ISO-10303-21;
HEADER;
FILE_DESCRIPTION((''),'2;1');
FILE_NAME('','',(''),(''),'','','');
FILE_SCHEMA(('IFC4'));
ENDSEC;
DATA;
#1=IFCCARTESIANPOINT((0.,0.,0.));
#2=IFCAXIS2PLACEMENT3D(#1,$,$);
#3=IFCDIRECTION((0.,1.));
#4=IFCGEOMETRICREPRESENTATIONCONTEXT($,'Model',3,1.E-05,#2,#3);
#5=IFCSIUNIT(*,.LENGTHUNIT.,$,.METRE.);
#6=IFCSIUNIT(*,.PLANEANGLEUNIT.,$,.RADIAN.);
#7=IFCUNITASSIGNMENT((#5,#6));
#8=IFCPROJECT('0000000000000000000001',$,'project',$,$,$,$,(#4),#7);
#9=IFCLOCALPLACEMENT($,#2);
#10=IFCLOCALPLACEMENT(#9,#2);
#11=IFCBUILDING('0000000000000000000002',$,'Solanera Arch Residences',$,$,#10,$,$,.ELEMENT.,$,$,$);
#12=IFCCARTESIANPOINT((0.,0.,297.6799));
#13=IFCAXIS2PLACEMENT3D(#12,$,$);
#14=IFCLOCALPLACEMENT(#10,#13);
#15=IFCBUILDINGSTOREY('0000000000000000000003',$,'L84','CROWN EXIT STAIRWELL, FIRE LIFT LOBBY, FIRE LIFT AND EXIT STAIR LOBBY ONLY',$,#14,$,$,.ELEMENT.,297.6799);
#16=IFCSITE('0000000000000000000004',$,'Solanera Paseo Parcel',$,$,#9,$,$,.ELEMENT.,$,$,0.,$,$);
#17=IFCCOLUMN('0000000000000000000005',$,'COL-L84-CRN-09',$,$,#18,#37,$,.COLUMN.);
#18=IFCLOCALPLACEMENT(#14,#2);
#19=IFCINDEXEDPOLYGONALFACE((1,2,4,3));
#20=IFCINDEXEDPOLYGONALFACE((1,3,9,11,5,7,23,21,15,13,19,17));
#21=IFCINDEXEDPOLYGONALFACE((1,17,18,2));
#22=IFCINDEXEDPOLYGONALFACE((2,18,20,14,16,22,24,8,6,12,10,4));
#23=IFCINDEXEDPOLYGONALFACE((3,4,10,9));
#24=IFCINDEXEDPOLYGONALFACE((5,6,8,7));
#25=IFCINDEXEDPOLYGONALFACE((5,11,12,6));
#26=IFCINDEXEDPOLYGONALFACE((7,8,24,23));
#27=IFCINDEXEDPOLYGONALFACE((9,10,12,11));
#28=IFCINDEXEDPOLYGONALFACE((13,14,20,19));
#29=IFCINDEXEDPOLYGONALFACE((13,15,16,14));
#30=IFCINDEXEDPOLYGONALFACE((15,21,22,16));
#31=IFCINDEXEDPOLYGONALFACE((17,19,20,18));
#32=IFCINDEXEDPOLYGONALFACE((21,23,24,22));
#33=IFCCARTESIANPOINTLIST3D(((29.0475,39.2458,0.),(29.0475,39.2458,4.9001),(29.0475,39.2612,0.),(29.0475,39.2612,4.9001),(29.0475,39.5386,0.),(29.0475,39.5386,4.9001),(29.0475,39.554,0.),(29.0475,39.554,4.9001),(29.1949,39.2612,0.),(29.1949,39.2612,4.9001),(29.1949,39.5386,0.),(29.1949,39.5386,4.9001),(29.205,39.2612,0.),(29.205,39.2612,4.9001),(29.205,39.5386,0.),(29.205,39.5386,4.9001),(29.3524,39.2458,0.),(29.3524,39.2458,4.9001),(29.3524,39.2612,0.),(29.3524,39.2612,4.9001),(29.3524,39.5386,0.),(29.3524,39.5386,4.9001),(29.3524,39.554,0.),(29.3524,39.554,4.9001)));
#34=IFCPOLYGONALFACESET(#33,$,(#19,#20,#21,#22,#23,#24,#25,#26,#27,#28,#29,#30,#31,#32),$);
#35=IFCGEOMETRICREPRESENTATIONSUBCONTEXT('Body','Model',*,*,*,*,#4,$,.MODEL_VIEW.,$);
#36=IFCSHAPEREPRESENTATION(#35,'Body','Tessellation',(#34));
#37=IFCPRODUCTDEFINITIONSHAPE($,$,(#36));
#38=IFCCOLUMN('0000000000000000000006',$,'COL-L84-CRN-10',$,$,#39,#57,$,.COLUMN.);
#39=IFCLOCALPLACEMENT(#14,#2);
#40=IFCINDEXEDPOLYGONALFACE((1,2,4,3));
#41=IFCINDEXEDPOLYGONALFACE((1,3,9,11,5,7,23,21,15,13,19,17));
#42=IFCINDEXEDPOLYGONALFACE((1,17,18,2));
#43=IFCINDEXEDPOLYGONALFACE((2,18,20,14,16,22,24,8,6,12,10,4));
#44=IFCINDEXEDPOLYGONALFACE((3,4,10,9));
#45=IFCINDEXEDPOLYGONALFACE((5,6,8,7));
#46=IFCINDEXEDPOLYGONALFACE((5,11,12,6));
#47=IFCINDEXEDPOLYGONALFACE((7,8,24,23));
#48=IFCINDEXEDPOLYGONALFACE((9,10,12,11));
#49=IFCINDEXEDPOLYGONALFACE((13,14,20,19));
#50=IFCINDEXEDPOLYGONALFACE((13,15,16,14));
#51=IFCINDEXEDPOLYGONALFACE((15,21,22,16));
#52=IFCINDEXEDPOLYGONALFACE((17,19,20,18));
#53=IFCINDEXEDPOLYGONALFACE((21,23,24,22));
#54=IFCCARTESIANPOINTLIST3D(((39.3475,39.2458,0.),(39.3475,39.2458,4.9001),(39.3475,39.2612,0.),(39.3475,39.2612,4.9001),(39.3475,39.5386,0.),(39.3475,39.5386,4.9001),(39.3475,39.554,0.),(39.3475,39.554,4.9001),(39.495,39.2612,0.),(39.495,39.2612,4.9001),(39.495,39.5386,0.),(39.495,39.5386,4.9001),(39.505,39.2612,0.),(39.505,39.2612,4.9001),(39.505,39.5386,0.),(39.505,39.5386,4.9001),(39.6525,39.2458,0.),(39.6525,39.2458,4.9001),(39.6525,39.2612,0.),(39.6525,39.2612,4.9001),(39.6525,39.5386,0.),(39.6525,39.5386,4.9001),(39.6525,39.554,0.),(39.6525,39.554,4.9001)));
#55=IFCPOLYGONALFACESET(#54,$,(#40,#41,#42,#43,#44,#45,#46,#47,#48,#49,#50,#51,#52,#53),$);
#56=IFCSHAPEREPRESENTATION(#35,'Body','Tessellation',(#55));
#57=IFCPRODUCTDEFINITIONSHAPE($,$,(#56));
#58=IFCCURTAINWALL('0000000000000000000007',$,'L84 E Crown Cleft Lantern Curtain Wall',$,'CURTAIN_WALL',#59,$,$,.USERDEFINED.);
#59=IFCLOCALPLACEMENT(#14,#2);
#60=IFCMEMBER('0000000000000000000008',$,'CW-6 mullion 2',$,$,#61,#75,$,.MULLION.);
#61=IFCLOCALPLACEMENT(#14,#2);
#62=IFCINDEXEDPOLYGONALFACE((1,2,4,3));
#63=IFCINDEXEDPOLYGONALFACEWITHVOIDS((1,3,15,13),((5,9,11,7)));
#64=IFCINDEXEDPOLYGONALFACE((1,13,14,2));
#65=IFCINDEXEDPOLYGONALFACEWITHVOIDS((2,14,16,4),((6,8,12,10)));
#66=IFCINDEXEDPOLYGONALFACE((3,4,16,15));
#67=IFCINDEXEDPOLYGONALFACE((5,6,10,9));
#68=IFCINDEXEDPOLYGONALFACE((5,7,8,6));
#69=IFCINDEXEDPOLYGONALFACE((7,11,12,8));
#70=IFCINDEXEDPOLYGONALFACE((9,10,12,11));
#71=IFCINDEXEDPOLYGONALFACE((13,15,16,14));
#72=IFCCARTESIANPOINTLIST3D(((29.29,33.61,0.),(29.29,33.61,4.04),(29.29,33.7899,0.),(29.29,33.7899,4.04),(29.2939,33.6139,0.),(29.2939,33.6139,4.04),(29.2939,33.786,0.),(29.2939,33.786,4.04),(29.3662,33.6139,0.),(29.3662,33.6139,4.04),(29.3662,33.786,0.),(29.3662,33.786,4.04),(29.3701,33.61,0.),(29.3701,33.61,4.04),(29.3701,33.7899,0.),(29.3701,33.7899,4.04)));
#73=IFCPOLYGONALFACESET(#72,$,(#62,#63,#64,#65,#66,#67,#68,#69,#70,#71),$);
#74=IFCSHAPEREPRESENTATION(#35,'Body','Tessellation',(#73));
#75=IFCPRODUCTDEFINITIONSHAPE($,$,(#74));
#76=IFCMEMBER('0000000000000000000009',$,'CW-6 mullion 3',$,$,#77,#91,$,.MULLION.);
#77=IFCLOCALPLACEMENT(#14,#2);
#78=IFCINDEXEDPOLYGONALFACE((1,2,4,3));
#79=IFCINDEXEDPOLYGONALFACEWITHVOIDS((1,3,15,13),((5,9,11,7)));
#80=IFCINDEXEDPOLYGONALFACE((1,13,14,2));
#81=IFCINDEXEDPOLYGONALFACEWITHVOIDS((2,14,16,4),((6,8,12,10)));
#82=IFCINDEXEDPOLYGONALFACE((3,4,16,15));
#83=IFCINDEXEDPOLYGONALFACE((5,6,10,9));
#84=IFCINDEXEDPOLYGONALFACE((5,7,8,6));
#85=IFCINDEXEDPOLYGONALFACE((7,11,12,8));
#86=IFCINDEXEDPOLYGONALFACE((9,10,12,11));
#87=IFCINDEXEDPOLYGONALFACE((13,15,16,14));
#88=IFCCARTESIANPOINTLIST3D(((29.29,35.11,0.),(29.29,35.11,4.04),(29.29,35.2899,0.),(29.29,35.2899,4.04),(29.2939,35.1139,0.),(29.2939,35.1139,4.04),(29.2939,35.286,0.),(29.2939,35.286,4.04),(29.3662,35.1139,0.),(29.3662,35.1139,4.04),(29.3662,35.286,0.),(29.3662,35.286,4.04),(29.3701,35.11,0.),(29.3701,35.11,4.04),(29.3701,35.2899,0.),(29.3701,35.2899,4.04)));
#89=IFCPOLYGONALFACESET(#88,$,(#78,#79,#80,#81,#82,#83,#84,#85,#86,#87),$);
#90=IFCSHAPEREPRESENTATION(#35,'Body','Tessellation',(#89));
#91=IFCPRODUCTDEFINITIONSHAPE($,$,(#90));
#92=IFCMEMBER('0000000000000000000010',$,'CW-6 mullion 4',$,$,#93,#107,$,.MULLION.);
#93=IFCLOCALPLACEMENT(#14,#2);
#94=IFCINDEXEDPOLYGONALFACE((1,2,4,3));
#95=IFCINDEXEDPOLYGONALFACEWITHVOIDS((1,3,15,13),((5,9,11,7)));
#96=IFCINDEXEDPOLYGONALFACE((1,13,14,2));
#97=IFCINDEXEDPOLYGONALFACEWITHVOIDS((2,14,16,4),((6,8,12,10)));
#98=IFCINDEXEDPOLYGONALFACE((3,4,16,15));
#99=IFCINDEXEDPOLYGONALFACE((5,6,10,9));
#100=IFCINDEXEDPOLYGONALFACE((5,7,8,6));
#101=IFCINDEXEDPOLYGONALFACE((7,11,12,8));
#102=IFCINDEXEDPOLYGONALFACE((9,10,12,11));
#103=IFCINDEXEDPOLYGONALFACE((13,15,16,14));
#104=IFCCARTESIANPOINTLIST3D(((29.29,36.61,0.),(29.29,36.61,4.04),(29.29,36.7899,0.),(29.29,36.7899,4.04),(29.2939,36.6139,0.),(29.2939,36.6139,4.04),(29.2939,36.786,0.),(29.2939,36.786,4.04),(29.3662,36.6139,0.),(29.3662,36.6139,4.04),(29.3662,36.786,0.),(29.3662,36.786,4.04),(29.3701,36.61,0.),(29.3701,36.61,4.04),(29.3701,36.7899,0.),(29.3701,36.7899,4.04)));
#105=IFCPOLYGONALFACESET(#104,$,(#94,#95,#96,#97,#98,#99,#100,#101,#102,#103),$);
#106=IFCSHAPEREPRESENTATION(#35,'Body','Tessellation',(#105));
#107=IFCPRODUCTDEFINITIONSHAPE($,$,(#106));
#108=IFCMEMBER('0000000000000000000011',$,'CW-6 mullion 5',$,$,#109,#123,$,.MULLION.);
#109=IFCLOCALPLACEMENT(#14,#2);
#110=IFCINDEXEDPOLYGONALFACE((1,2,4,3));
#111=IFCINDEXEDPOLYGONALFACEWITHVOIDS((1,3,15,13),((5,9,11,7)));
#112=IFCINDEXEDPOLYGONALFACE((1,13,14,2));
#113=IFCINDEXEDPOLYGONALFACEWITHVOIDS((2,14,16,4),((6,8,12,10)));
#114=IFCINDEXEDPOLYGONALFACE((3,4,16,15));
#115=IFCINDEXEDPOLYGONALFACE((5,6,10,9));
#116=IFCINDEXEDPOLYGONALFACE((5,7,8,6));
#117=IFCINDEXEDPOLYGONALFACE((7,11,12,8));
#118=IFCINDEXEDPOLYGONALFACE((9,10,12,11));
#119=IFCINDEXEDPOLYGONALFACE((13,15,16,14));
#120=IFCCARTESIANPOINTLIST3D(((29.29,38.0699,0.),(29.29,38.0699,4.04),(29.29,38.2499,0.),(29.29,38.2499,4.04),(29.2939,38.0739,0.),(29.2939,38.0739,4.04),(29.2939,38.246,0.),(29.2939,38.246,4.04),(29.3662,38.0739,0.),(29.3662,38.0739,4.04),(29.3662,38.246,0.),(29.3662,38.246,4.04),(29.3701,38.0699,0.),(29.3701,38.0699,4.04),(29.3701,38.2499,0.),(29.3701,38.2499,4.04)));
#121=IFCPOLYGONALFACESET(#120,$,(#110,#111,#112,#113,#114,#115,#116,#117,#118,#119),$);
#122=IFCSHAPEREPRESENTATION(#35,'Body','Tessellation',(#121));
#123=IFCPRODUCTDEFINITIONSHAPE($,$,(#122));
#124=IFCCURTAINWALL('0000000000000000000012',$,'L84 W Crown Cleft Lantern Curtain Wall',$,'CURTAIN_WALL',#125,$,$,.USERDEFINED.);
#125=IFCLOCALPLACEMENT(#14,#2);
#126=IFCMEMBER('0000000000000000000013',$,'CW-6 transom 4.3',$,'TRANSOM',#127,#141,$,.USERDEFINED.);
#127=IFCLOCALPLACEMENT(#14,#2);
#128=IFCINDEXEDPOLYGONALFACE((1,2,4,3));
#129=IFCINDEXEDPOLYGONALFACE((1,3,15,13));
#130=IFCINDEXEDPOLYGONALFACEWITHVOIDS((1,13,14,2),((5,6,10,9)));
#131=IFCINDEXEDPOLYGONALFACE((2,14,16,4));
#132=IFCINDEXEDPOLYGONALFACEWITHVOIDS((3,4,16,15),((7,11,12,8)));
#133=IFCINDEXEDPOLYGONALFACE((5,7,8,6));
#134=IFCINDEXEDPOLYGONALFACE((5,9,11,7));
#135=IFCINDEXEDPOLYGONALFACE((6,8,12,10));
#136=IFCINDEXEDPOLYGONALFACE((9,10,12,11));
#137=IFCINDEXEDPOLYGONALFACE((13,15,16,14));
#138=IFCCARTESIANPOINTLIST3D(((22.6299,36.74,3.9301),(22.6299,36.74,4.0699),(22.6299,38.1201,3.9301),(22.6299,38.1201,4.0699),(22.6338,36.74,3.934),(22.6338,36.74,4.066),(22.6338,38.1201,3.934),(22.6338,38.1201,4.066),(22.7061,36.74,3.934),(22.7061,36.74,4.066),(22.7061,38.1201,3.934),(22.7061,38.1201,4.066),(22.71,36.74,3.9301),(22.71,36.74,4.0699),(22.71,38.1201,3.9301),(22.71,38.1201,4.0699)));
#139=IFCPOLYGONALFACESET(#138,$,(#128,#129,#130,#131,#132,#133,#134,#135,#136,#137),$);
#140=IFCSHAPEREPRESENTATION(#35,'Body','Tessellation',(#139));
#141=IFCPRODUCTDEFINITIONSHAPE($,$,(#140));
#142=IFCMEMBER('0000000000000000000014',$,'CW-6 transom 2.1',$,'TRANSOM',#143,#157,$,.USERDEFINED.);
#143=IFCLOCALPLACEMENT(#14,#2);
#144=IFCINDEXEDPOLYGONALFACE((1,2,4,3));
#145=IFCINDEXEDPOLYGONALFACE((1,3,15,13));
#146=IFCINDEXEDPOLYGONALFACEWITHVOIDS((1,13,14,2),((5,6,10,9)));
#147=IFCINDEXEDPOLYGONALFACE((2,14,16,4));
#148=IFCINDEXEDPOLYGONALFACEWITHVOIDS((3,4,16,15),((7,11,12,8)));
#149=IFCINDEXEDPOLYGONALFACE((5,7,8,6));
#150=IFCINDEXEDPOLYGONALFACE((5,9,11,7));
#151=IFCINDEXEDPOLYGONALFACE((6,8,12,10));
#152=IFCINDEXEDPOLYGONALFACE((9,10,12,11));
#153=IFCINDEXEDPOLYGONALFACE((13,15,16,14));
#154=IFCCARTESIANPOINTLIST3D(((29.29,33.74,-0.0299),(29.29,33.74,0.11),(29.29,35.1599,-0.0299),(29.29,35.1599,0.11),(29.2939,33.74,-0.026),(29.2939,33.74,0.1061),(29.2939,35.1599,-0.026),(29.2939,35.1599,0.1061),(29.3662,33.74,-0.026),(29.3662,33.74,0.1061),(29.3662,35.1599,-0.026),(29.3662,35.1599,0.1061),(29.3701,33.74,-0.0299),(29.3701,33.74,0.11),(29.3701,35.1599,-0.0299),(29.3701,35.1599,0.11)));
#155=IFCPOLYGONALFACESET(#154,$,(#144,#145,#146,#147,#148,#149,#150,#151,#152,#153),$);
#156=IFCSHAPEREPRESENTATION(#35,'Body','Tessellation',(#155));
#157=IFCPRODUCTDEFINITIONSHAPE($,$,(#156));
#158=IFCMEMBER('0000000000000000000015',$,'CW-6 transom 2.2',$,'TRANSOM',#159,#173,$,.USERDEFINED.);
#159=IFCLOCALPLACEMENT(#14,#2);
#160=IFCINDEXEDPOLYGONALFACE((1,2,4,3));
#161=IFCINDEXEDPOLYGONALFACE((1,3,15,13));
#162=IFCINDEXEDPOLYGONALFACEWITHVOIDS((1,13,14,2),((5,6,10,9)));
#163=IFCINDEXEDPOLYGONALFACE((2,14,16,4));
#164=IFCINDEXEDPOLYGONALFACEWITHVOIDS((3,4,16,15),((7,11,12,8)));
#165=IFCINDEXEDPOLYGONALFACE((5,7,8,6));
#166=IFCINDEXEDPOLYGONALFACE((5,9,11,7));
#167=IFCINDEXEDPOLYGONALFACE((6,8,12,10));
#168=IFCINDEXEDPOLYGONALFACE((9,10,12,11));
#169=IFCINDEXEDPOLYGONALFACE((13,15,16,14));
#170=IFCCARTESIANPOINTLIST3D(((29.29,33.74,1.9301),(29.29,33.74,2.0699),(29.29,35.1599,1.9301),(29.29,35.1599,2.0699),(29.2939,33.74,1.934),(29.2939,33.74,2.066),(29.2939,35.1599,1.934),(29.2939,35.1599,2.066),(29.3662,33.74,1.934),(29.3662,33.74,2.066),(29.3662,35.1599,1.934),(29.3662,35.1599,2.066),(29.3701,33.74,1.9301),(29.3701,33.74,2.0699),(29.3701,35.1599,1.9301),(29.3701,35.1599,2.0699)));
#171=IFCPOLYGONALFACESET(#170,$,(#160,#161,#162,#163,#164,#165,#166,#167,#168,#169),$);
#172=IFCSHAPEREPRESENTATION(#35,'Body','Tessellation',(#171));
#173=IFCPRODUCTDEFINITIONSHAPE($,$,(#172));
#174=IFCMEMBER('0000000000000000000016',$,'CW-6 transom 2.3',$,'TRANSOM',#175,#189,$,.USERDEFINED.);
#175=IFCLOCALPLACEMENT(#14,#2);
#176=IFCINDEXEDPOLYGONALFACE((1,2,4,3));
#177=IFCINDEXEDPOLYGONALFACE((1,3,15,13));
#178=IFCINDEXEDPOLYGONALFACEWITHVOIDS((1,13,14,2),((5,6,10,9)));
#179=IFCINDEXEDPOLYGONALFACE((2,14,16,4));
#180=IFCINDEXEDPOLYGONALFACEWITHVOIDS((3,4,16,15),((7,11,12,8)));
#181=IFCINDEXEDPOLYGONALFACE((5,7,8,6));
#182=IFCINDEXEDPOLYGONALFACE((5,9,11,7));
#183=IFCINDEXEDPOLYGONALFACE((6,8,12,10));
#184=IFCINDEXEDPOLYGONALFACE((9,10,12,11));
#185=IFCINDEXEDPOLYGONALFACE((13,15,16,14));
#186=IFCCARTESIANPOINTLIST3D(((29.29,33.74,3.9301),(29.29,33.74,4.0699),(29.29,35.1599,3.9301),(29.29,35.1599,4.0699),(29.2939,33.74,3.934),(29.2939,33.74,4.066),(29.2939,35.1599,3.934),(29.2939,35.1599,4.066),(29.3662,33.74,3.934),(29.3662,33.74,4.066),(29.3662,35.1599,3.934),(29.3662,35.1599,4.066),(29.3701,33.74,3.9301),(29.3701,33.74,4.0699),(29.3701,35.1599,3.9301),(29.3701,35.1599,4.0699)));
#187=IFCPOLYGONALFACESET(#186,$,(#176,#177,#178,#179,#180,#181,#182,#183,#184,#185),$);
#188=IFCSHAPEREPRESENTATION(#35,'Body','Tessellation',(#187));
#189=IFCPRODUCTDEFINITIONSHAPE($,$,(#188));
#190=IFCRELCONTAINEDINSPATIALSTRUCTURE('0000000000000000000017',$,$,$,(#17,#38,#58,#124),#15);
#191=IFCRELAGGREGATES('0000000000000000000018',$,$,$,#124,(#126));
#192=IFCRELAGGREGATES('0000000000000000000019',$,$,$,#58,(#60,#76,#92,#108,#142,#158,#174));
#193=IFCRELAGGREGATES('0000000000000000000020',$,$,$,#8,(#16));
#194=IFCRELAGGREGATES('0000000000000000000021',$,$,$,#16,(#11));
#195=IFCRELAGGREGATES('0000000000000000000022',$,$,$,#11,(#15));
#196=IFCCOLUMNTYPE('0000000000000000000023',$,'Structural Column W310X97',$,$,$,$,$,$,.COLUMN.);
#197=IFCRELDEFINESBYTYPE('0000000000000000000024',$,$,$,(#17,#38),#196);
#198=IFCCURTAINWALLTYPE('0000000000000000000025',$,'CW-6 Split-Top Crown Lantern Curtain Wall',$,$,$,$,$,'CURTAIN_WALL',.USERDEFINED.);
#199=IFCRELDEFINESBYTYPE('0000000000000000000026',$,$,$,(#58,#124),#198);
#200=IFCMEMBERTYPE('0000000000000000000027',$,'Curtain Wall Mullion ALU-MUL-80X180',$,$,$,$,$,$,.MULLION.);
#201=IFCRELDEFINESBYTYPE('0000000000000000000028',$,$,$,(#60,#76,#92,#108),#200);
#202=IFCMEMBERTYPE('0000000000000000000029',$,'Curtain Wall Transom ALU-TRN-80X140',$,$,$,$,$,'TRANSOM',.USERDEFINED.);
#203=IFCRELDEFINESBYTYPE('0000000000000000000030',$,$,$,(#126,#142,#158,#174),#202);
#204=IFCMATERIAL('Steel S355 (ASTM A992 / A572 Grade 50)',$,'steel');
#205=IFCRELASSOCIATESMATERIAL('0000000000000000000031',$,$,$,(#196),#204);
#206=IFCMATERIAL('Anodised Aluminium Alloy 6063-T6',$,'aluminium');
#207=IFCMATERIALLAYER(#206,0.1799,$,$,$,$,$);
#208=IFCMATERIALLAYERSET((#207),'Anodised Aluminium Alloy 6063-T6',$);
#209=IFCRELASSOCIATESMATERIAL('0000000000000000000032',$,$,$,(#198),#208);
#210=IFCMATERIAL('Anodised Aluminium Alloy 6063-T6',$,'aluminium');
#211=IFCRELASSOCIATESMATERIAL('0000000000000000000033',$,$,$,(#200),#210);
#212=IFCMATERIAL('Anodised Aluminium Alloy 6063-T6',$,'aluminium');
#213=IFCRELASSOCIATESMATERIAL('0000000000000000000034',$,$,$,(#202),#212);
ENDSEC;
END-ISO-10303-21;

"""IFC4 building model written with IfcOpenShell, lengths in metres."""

from ifc_helpers import new_model, si_unit, direction, frame, origin, origin_2d, place, context, subcontext, project, spatial, hollow_rectangle, i_section, extrude, material, layer, layer_set, material_profile, profile_set, type_object, element, aggregate, save


model = new_model("IFC4")

# Units and contexts
model_context = context("Model", 3, precision=1e-05, world=origin(), true_north=direction((0.0, 1.0)))
body_context = subcontext(model_context, "Body", "Model", "MODEL_VIEW")
ifc_project = project(units=[si_unit("LENGTHUNIT", "METRE"), si_unit("PLANEANGLEUNIT", "RADIAN")], contexts=[model_context])

# Site, building, storey
site_placement = place(None, origin())
site = spatial("IfcSite", under=ifc_project, at=site_placement, Name="Solanera Paseo Parcel", CompositionType="ELEMENT", RefElevation=0.0)
building_placement = place(site_placement, origin())
building = spatial("IfcBuilding", under=site, at=building_placement, Name="Solanera Arch Residences", CompositionType="ELEMENT")
storey_placement = place(building_placement, frame((0.0, 0.0, 297.6799)))
storey = spatial("IfcBuildingStorey", under=building, at=storey_placement, Name="L84", Description="CROWN EXIT STAIRWELL, FIRE LIFT LOBBY, FIRE LIFT AND EXIT STAIR LOBBY ONLY", CompositionType="ELEMENT", Elevation=297.6799)

# Columns
ifc_material_1 = material(Name="Steel S355 (ASTM A992 / A572 Grade 50)", Category="steel")
ifc_material_profile_1 = material_profile(ifc_material_1, i_section(OverallWidth=0.3049, OverallDepth=0.3081, WebThickness=0.01, FlangeThickness=0.0154, at=origin_2d()))
ifc_profile_set_1 = profile_set([ifc_material_profile_1], Name="Steel S355 (ASTM A992 / A572 Grade 50)")
column_type = type_object("IfcColumnType", Name="Structural Column W310X97", PredefinedType="COLUMN", material=ifc_profile_set_1)
for number, where, z_axis, x_axis, name in (
    (1, (29.2, 39.3999, 0.0), (0.0, 0.0, 1.0), (1.0, 0.0, 0.0), "COL-L84-CRN-09"),
    (2, (39.5, 39.3999, 0.0), (0.0, 0.0, 1.0), (1.0, 0.0, 0.0), "COL-L84-CRN-10"),
):
    element("IfcColumn", number, at=place(storey_placement, frame(where, z_axis=z_axis, x_axis=x_axis)), inside=storey, type_object=column_type, Name=name, PredefinedType="COLUMN", context=body_context, shape_type="SweptSolid", body=[
        extrude(i_section(OverallWidth=0.3049, OverallDepth=0.3081, WebThickness=0.01, FlangeThickness=0.0154, at=origin_2d()), origin(), (0.0, 0.0, 1.0), 4.9001),
    ])

# Curtain wall, members
ifc_material_2 = material(Name="Anodised Aluminium Alloy 6063-T6", Category="aluminium")
ifc_layer_1 = layer(ifc_material_2, 0.1799)
ifc_layer_set_1 = layer_set([ifc_layer_1], Name="Anodised Aluminium Alloy 6063-T6")
curtain_wall_type = type_object("IfcCurtainWallType", Name="CW-6 Split-Top Crown Lantern Curtain Wall", ElementType="CURTAIN_WALL", PredefinedType="USERDEFINED", material=ifc_layer_set_1)
curtain_wall_1_placement = place(storey_placement, origin())
curtain_wall_1 = element("IfcCurtainWall", 3, at=curtain_wall_1_placement, inside=storey, type_object=curtain_wall_type, Name="L84 E Crown Cleft Lantern Curtain Wall", ObjectType="CURTAIN_WALL", PredefinedType="USERDEFINED")
ifc_material_3 = material(Name="Anodised Aluminium Alloy 6063-T6", Category="aluminium")
ifc_material_profile_2 = material_profile(ifc_material_3, hollow_rectangle(XDim=0.0801, YDim=0.1799, WallThickness=0.0039, at=origin_2d()))
ifc_profile_set_2 = profile_set([ifc_material_profile_2], Name="Anodised Aluminium Alloy 6063-T6")
member_type_1 = type_object("IfcMemberType", Name="Curtain Wall Mullion ALU-MUL-80X180", PredefinedType="MULLION", material=ifc_profile_set_2)
member_1_placement = place(storey_placement, frame((29.3301, 33.7, 0.0), z_axis=(0.0, 0.0, 1.0), x_axis=(-1.0, 0.0, 0.0)))
member_1 = element("IfcMember", 4, at=member_1_placement, type_object=member_type_1, Name="CW-6 mullion 2", PredefinedType="MULLION", context=body_context, shape_type="SweptSolid", body=[
    extrude(hollow_rectangle(XDim=0.0801, YDim=0.1799, WallThickness=0.0039, at=origin_2d()), origin(), (0.0, 0.0, 1.0), 4.04),
])
member_2_placement = place(storey_placement, frame((29.3301, 35.2, 0.0), z_axis=(0.0, 0.0, 1.0), x_axis=(-1.0, 0.0, 0.0)))
member_2 = element("IfcMember", 5, at=member_2_placement, type_object=member_type_1, Name="CW-6 mullion 3", PredefinedType="MULLION", context=body_context, shape_type="SweptSolid", body=[
    extrude(hollow_rectangle(XDim=0.0801, YDim=0.1799, WallThickness=0.0039, at=origin_2d()), origin(), (0.0, 0.0, 1.0), 4.04),
])
member_3_placement = place(storey_placement, frame((29.3301, 36.7, 0.0), z_axis=(0.0, 0.0, 1.0), x_axis=(-1.0, 0.0, 0.0)))
member_3 = element("IfcMember", 6, at=member_3_placement, type_object=member_type_1, Name="CW-6 mullion 4", PredefinedType="MULLION", context=body_context, shape_type="SweptSolid", body=[
    extrude(hollow_rectangle(XDim=0.0801, YDim=0.1799, WallThickness=0.0039, at=origin_2d()), origin(), (0.0, 0.0, 1.0), 4.04),
])
member_4_placement = place(storey_placement, frame((29.3301, 38.1599, 0.0), z_axis=(0.0, 0.0, 1.0), x_axis=(-1.0, 0.0, 0.0)))
member_4 = element("IfcMember", 7, at=member_4_placement, type_object=member_type_1, Name="CW-6 mullion 5", PredefinedType="MULLION", context=body_context, shape_type="SweptSolid", body=[
    extrude(hollow_rectangle(XDim=0.0801, YDim=0.1799, WallThickness=0.0039, at=origin_2d()), origin(), (0.0, 0.0, 1.0), 4.04),
])

# Curtain wall, member
curtain_wall_2_placement = place(storey_placement, origin())
curtain_wall_2 = element("IfcCurtainWall", 8, at=curtain_wall_2_placement, inside=storey, type_object=curtain_wall_type, Name="L84 W Crown Cleft Lantern Curtain Wall", ObjectType="CURTAIN_WALL", PredefinedType="USERDEFINED")
ifc_material_4 = material(Name="Anodised Aluminium Alloy 6063-T6", Category="aluminium")
ifc_material_profile_3 = material_profile(ifc_material_4, hollow_rectangle(XDim=0.0801, YDim=0.1399, WallThickness=0.0039, at=origin_2d()))
ifc_profile_set_3 = profile_set([ifc_material_profile_3], Name="Anodised Aluminium Alloy 6063-T6")
member_type_2 = type_object("IfcMemberType", Name="Curtain Wall Transom ALU-TRN-80X140", ElementType="TRANSOM", PredefinedType="USERDEFINED", material=ifc_profile_set_3)
member_5_placement = place(storey_placement, frame((22.6699, 36.74, 4.0), z_axis=(0.0, 1.0, 0.0), x_axis=(-1.0, 0.0, 0.0)))
member_5 = element("IfcMember", 9, at=member_5_placement, type_object=member_type_2, Name="CW-6 transom 4.3", ObjectType="TRANSOM", PredefinedType="USERDEFINED", context=body_context, shape_type="SweptSolid", body=[
    extrude(hollow_rectangle(XDim=0.0801, YDim=0.1399, WallThickness=0.0039, at=origin_2d()), origin(), (0.0, 0.0, 1.0), 1.3801),
])

# Members
member_6_placement = place(storey_placement, frame((29.3301, 33.74, 0.04), z_axis=(0.0, 1.0, 0.0), x_axis=(-1.0, 0.0, 0.0)))
member_6 = element("IfcMember", 10, at=member_6_placement, type_object=member_type_2, Name="CW-6 transom 2.1", ObjectType="TRANSOM", PredefinedType="USERDEFINED", context=body_context, shape_type="SweptSolid", body=[
    extrude(hollow_rectangle(XDim=0.0801, YDim=0.1399, WallThickness=0.0039, at=origin_2d()), origin(), (0.0, 0.0, 1.0), 1.4199),
])
member_7_placement = place(storey_placement, frame((29.3301, 33.74, 2.0), z_axis=(0.0, 1.0, 0.0), x_axis=(-1.0, 0.0, 0.0)))
member_7 = element("IfcMember", 11, at=member_7_placement, type_object=member_type_2, Name="CW-6 transom 2.2", ObjectType="TRANSOM", PredefinedType="USERDEFINED", context=body_context, shape_type="SweptSolid", body=[
    extrude(hollow_rectangle(XDim=0.0801, YDim=0.1399, WallThickness=0.0039, at=origin_2d()), origin(), (0.0, 0.0, 1.0), 1.4199),
])
member_8_placement = place(storey_placement, frame((29.3301, 33.74, 4.0), z_axis=(0.0, 1.0, 0.0), x_axis=(-1.0, 0.0, 0.0)))
member_8 = element("IfcMember", 12, at=member_8_placement, type_object=member_type_2, Name="CW-6 transom 2.3", ObjectType="TRANSOM", PredefinedType="USERDEFINED", context=body_context, shape_type="SweptSolid", body=[
    extrude(hollow_rectangle(XDim=0.0801, YDim=0.1399, WallThickness=0.0039, at=origin_2d()), origin(), (0.0, 0.0, 1.0), 1.4199),
])

aggregate(curtain_wall_2, [member_5])
aggregate(curtain_wall_1, [member_1, member_2, member_3, member_4, member_6, member_7, member_8])

save(model, "model.ifc")
